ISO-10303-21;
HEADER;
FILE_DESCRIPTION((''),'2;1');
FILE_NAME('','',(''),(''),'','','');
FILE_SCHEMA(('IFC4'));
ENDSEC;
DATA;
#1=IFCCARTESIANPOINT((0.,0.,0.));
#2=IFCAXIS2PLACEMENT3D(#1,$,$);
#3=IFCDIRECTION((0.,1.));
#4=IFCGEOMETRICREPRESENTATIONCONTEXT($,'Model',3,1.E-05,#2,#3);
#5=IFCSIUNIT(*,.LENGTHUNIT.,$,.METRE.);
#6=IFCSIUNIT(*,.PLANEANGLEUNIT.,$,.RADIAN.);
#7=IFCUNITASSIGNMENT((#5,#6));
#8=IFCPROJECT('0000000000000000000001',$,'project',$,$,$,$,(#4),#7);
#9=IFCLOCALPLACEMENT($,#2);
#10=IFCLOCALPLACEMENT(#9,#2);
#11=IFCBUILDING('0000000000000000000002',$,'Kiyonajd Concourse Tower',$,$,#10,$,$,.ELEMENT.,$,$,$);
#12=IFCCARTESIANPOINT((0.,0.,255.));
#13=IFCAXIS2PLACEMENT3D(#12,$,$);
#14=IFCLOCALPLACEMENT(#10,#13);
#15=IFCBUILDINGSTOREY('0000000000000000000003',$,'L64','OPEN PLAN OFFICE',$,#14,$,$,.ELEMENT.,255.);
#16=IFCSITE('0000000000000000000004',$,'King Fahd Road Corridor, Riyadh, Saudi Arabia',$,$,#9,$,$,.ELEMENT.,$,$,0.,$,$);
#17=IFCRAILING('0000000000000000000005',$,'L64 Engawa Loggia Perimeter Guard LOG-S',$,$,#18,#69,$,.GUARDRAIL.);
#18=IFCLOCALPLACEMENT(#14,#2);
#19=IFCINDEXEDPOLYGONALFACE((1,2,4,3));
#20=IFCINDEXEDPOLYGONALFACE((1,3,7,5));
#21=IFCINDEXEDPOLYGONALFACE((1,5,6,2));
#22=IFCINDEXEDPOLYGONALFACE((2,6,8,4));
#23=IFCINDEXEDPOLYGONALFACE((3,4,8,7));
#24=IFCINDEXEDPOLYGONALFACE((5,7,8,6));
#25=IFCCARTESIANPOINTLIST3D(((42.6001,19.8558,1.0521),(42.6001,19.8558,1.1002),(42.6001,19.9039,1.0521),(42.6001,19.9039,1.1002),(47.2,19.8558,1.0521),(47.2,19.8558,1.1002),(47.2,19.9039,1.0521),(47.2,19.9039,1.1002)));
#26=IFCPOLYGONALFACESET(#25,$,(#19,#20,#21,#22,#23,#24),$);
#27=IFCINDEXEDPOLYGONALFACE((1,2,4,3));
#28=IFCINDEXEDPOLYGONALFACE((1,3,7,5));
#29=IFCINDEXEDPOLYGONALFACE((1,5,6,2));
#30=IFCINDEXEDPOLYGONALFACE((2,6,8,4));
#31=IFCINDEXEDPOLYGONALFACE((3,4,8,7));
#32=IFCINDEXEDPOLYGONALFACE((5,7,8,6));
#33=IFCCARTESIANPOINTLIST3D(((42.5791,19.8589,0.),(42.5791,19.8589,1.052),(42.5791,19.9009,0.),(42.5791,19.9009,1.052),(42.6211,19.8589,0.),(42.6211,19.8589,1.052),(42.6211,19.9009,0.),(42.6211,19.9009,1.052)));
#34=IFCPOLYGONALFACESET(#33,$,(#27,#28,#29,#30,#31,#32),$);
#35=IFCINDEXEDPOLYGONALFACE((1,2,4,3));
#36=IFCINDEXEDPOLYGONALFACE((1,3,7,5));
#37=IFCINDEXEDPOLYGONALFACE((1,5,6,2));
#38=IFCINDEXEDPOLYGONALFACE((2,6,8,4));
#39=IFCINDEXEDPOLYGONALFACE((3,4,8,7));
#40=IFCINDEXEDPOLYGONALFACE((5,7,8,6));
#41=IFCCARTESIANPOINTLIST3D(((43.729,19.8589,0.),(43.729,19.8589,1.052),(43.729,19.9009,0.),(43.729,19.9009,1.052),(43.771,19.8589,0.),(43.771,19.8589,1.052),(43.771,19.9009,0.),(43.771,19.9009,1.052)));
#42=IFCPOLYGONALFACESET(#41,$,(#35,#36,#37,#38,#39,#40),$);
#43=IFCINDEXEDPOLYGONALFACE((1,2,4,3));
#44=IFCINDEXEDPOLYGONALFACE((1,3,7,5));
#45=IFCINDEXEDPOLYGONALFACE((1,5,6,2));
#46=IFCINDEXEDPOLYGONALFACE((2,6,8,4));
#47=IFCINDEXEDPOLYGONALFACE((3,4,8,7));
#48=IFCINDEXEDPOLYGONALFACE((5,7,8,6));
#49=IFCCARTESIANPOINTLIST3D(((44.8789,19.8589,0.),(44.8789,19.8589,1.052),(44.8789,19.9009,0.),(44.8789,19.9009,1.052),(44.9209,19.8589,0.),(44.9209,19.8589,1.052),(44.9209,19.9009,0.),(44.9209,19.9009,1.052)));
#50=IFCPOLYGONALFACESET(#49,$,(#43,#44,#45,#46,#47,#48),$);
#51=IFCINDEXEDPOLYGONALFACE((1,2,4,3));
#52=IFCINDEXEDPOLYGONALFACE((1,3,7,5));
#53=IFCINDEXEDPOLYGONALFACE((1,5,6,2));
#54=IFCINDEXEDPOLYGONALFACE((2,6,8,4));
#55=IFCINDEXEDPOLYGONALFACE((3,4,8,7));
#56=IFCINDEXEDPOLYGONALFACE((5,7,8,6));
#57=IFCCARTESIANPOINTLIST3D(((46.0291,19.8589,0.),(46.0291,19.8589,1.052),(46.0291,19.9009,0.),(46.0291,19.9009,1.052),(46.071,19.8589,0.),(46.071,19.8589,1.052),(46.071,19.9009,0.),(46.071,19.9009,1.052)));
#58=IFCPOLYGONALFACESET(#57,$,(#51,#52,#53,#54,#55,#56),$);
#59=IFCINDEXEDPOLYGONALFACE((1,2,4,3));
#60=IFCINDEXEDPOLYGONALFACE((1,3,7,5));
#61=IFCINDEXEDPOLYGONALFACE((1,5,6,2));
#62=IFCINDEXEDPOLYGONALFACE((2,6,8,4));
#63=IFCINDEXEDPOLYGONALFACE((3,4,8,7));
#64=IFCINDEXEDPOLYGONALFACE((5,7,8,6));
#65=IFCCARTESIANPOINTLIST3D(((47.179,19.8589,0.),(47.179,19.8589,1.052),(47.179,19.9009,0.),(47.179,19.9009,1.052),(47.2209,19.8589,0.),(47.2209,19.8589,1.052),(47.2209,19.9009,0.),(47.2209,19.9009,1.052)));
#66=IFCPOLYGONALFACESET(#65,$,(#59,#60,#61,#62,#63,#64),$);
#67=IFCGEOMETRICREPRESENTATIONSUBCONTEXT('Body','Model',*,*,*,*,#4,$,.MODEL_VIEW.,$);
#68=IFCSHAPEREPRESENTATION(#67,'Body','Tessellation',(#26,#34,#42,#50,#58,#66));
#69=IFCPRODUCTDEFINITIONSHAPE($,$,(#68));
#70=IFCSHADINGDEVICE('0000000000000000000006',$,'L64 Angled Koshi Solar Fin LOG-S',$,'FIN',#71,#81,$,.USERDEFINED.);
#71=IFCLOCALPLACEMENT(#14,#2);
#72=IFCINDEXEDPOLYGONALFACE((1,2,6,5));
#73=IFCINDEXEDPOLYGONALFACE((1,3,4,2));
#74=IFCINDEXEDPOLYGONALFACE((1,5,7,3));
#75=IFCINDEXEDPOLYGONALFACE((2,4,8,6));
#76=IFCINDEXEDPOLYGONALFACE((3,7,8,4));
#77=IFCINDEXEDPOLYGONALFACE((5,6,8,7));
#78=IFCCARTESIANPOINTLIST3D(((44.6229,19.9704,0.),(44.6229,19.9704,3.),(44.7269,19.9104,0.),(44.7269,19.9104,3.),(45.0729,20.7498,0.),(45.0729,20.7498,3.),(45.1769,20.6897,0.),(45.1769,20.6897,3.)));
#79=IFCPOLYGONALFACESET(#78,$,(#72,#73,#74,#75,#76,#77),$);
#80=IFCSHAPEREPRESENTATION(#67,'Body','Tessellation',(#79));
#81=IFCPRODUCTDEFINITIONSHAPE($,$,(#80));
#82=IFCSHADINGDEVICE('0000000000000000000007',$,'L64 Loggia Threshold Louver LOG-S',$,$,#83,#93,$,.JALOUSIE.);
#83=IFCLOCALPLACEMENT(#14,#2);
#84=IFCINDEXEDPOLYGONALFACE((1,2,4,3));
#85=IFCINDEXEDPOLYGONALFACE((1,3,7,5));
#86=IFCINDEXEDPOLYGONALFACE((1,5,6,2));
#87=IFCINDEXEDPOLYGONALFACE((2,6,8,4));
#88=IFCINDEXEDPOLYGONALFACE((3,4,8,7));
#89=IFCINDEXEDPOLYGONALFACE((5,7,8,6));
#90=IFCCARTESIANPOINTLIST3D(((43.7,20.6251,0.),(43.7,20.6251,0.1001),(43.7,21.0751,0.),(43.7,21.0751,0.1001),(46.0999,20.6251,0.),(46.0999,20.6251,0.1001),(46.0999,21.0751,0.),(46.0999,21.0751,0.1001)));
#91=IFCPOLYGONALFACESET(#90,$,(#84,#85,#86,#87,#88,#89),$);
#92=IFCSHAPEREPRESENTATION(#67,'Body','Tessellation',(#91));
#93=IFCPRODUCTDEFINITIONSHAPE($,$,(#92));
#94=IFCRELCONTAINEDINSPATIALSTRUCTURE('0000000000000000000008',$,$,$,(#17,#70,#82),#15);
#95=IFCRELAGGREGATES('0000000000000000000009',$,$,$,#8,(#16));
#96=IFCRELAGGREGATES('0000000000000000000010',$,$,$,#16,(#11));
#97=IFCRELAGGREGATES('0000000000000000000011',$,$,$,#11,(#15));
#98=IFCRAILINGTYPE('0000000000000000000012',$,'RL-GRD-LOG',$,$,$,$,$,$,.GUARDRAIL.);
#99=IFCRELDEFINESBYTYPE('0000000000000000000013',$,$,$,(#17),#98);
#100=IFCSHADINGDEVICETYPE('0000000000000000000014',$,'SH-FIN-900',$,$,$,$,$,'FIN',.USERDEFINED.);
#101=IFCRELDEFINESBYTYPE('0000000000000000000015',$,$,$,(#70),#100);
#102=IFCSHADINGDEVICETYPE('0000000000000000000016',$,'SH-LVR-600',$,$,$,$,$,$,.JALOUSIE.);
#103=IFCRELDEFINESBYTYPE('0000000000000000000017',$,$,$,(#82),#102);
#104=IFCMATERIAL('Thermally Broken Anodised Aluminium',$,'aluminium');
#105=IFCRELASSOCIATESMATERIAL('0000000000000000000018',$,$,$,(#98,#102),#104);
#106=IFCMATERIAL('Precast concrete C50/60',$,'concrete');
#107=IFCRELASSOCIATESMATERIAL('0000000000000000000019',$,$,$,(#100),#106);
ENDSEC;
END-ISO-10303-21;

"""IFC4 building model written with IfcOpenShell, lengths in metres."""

from ifc_helpers import new_model, si_unit, direction, frame, origin, origin_2d, place, context, subcontext, project, spatial, rectangle, extrude, material, type_object, element, save


model = new_model("IFC4")

# Units and contexts
model_context = context("Model", 3, precision=1e-05, world=origin(), true_north=direction((0.0, 1.0)))
body_context = subcontext(model_context, "Body", "Model", "MODEL_VIEW")
ifc_project = project(units=[si_unit("LENGTHUNIT", "METRE"), si_unit("PLANEANGLEUNIT", "RADIAN")], contexts=[model_context])

# Site, building, storey
site_placement = place(None, origin())
site = spatial("IfcSite", under=ifc_project, at=site_placement, Name="King Fahd Road Corridor, Riyadh, Saudi Arabia", CompositionType="ELEMENT", RefElevation=0.0)
building_placement = place(site_placement, origin())
building = spatial("IfcBuilding", under=site, at=building_placement, Name="Kiyonajd Concourse Tower", CompositionType="ELEMENT")
storey_placement = place(building_placement, frame((0.0, 0.0, 255.0)))
storey = spatial("IfcBuildingStorey", under=building, at=storey_placement, Name="L64", Description="OPEN PLAN OFFICE", CompositionType="ELEMENT", Elevation=255.0)

# Shared definitions
ifc_material_1 = material(Name="Thermally Broken Anodised Aluminium", Category="aluminium")

# Shared definitions
ifc_material_2 = material(Name="Precast concrete C50/60", Category="concrete")

# Railing
railing_type = type_object("IfcRailingType", Name="RL-GRD-LOG", PredefinedType="GUARDRAIL", material=ifc_material_1)
railing_placement = place(storey_placement, frame((42.6001, 19.8799, 0.0)))
element("IfcRailing", 1, at=railing_placement, inside=storey, type_object=railing_type, Name="L64 Engawa Loggia Perimeter Guard LOG-S", PredefinedType="GUARDRAIL", context=body_context, shape_type="SweptSolid", body=[
    extrude(rectangle(XDim=0.0481, YDim=0.0481, at=origin_2d()), frame((0.0, 0.0, 1.0762), z_axis=(1.0, 0.0, 0.0), x_axis=(0.0, 1.0, 0.0)), (0.0, 0.0, 1.0), 4.5999),
    extrude(rectangle(XDim=0.042, YDim=0.042, at=origin_2d()), origin(), (0.0, 0.0, 1.0), 1.052),
    extrude(rectangle(XDim=0.042, YDim=0.042, at=origin_2d()), frame((1.1499, 0.0, 0.0)), (0.0, 0.0, 1.0), 1.052),
    extrude(rectangle(XDim=0.042, YDim=0.042, at=origin_2d()), frame((2.2998, 0.0, 0.0)), (0.0, 0.0, 1.0), 1.052),
    extrude(rectangle(XDim=0.042, YDim=0.042, at=origin_2d()), frame((3.45, 0.0, 0.0)), (0.0, 0.0, 1.0), 1.052),
    extrude(rectangle(XDim=0.042, YDim=0.042, at=origin_2d()), frame((4.5999, 0.0, 0.0)), (0.0, 0.0, 1.0), 1.052),
])

# Shading devices
shading_device_type_1 = type_object("IfcShadingDeviceType", Name="SH-FIN-900", ElementType="FIN", PredefinedType="USERDEFINED", material=ifc_material_2)
shading_device_1_placement = place(storey_placement, frame((44.8999, 20.3301, 0.0), z_axis=(0.0, 0.0, 1.0), x_axis=(0.5, 0.866025, 0.0)))
element("IfcShadingDevice", 2, at=shading_device_1_placement, inside=storey, type_object=shading_device_type_1, Name="L64 Angled Koshi Solar Fin LOG-S", ObjectType="FIN", PredefinedType="USERDEFINED", context=body_context, shape_type="SweptSolid", body=[
    extrude(rectangle(XDim=0.8999, YDim=0.1201, at=origin_2d()), origin(), (0.0, 0.0, 1.0), 3.0),
])
shading_device_type_2 = type_object("IfcShadingDeviceType", Name="SH-LVR-600", PredefinedType="JALOUSIE", material=ifc_material_1)
shading_device_2_placement = place(storey_placement, frame((44.8999, 20.8501, 0.0), z_axis=(0.0, 0.0, 1.0), x_axis=(1.0, 0.0, 0.0)))
element("IfcShadingDevice", 3, at=shading_device_2_placement, inside=storey, type_object=shading_device_type_2, Name="L64 Loggia Threshold Louver LOG-S", PredefinedType="JALOUSIE", context=body_context, shape_type="SweptSolid", body=[
    extrude(rectangle(XDim=2.3999, YDim=0.45, at=origin_2d()), origin(), (0.0, 0.0, 1.0), 0.1001),
])

save(model, "model.ifc")
